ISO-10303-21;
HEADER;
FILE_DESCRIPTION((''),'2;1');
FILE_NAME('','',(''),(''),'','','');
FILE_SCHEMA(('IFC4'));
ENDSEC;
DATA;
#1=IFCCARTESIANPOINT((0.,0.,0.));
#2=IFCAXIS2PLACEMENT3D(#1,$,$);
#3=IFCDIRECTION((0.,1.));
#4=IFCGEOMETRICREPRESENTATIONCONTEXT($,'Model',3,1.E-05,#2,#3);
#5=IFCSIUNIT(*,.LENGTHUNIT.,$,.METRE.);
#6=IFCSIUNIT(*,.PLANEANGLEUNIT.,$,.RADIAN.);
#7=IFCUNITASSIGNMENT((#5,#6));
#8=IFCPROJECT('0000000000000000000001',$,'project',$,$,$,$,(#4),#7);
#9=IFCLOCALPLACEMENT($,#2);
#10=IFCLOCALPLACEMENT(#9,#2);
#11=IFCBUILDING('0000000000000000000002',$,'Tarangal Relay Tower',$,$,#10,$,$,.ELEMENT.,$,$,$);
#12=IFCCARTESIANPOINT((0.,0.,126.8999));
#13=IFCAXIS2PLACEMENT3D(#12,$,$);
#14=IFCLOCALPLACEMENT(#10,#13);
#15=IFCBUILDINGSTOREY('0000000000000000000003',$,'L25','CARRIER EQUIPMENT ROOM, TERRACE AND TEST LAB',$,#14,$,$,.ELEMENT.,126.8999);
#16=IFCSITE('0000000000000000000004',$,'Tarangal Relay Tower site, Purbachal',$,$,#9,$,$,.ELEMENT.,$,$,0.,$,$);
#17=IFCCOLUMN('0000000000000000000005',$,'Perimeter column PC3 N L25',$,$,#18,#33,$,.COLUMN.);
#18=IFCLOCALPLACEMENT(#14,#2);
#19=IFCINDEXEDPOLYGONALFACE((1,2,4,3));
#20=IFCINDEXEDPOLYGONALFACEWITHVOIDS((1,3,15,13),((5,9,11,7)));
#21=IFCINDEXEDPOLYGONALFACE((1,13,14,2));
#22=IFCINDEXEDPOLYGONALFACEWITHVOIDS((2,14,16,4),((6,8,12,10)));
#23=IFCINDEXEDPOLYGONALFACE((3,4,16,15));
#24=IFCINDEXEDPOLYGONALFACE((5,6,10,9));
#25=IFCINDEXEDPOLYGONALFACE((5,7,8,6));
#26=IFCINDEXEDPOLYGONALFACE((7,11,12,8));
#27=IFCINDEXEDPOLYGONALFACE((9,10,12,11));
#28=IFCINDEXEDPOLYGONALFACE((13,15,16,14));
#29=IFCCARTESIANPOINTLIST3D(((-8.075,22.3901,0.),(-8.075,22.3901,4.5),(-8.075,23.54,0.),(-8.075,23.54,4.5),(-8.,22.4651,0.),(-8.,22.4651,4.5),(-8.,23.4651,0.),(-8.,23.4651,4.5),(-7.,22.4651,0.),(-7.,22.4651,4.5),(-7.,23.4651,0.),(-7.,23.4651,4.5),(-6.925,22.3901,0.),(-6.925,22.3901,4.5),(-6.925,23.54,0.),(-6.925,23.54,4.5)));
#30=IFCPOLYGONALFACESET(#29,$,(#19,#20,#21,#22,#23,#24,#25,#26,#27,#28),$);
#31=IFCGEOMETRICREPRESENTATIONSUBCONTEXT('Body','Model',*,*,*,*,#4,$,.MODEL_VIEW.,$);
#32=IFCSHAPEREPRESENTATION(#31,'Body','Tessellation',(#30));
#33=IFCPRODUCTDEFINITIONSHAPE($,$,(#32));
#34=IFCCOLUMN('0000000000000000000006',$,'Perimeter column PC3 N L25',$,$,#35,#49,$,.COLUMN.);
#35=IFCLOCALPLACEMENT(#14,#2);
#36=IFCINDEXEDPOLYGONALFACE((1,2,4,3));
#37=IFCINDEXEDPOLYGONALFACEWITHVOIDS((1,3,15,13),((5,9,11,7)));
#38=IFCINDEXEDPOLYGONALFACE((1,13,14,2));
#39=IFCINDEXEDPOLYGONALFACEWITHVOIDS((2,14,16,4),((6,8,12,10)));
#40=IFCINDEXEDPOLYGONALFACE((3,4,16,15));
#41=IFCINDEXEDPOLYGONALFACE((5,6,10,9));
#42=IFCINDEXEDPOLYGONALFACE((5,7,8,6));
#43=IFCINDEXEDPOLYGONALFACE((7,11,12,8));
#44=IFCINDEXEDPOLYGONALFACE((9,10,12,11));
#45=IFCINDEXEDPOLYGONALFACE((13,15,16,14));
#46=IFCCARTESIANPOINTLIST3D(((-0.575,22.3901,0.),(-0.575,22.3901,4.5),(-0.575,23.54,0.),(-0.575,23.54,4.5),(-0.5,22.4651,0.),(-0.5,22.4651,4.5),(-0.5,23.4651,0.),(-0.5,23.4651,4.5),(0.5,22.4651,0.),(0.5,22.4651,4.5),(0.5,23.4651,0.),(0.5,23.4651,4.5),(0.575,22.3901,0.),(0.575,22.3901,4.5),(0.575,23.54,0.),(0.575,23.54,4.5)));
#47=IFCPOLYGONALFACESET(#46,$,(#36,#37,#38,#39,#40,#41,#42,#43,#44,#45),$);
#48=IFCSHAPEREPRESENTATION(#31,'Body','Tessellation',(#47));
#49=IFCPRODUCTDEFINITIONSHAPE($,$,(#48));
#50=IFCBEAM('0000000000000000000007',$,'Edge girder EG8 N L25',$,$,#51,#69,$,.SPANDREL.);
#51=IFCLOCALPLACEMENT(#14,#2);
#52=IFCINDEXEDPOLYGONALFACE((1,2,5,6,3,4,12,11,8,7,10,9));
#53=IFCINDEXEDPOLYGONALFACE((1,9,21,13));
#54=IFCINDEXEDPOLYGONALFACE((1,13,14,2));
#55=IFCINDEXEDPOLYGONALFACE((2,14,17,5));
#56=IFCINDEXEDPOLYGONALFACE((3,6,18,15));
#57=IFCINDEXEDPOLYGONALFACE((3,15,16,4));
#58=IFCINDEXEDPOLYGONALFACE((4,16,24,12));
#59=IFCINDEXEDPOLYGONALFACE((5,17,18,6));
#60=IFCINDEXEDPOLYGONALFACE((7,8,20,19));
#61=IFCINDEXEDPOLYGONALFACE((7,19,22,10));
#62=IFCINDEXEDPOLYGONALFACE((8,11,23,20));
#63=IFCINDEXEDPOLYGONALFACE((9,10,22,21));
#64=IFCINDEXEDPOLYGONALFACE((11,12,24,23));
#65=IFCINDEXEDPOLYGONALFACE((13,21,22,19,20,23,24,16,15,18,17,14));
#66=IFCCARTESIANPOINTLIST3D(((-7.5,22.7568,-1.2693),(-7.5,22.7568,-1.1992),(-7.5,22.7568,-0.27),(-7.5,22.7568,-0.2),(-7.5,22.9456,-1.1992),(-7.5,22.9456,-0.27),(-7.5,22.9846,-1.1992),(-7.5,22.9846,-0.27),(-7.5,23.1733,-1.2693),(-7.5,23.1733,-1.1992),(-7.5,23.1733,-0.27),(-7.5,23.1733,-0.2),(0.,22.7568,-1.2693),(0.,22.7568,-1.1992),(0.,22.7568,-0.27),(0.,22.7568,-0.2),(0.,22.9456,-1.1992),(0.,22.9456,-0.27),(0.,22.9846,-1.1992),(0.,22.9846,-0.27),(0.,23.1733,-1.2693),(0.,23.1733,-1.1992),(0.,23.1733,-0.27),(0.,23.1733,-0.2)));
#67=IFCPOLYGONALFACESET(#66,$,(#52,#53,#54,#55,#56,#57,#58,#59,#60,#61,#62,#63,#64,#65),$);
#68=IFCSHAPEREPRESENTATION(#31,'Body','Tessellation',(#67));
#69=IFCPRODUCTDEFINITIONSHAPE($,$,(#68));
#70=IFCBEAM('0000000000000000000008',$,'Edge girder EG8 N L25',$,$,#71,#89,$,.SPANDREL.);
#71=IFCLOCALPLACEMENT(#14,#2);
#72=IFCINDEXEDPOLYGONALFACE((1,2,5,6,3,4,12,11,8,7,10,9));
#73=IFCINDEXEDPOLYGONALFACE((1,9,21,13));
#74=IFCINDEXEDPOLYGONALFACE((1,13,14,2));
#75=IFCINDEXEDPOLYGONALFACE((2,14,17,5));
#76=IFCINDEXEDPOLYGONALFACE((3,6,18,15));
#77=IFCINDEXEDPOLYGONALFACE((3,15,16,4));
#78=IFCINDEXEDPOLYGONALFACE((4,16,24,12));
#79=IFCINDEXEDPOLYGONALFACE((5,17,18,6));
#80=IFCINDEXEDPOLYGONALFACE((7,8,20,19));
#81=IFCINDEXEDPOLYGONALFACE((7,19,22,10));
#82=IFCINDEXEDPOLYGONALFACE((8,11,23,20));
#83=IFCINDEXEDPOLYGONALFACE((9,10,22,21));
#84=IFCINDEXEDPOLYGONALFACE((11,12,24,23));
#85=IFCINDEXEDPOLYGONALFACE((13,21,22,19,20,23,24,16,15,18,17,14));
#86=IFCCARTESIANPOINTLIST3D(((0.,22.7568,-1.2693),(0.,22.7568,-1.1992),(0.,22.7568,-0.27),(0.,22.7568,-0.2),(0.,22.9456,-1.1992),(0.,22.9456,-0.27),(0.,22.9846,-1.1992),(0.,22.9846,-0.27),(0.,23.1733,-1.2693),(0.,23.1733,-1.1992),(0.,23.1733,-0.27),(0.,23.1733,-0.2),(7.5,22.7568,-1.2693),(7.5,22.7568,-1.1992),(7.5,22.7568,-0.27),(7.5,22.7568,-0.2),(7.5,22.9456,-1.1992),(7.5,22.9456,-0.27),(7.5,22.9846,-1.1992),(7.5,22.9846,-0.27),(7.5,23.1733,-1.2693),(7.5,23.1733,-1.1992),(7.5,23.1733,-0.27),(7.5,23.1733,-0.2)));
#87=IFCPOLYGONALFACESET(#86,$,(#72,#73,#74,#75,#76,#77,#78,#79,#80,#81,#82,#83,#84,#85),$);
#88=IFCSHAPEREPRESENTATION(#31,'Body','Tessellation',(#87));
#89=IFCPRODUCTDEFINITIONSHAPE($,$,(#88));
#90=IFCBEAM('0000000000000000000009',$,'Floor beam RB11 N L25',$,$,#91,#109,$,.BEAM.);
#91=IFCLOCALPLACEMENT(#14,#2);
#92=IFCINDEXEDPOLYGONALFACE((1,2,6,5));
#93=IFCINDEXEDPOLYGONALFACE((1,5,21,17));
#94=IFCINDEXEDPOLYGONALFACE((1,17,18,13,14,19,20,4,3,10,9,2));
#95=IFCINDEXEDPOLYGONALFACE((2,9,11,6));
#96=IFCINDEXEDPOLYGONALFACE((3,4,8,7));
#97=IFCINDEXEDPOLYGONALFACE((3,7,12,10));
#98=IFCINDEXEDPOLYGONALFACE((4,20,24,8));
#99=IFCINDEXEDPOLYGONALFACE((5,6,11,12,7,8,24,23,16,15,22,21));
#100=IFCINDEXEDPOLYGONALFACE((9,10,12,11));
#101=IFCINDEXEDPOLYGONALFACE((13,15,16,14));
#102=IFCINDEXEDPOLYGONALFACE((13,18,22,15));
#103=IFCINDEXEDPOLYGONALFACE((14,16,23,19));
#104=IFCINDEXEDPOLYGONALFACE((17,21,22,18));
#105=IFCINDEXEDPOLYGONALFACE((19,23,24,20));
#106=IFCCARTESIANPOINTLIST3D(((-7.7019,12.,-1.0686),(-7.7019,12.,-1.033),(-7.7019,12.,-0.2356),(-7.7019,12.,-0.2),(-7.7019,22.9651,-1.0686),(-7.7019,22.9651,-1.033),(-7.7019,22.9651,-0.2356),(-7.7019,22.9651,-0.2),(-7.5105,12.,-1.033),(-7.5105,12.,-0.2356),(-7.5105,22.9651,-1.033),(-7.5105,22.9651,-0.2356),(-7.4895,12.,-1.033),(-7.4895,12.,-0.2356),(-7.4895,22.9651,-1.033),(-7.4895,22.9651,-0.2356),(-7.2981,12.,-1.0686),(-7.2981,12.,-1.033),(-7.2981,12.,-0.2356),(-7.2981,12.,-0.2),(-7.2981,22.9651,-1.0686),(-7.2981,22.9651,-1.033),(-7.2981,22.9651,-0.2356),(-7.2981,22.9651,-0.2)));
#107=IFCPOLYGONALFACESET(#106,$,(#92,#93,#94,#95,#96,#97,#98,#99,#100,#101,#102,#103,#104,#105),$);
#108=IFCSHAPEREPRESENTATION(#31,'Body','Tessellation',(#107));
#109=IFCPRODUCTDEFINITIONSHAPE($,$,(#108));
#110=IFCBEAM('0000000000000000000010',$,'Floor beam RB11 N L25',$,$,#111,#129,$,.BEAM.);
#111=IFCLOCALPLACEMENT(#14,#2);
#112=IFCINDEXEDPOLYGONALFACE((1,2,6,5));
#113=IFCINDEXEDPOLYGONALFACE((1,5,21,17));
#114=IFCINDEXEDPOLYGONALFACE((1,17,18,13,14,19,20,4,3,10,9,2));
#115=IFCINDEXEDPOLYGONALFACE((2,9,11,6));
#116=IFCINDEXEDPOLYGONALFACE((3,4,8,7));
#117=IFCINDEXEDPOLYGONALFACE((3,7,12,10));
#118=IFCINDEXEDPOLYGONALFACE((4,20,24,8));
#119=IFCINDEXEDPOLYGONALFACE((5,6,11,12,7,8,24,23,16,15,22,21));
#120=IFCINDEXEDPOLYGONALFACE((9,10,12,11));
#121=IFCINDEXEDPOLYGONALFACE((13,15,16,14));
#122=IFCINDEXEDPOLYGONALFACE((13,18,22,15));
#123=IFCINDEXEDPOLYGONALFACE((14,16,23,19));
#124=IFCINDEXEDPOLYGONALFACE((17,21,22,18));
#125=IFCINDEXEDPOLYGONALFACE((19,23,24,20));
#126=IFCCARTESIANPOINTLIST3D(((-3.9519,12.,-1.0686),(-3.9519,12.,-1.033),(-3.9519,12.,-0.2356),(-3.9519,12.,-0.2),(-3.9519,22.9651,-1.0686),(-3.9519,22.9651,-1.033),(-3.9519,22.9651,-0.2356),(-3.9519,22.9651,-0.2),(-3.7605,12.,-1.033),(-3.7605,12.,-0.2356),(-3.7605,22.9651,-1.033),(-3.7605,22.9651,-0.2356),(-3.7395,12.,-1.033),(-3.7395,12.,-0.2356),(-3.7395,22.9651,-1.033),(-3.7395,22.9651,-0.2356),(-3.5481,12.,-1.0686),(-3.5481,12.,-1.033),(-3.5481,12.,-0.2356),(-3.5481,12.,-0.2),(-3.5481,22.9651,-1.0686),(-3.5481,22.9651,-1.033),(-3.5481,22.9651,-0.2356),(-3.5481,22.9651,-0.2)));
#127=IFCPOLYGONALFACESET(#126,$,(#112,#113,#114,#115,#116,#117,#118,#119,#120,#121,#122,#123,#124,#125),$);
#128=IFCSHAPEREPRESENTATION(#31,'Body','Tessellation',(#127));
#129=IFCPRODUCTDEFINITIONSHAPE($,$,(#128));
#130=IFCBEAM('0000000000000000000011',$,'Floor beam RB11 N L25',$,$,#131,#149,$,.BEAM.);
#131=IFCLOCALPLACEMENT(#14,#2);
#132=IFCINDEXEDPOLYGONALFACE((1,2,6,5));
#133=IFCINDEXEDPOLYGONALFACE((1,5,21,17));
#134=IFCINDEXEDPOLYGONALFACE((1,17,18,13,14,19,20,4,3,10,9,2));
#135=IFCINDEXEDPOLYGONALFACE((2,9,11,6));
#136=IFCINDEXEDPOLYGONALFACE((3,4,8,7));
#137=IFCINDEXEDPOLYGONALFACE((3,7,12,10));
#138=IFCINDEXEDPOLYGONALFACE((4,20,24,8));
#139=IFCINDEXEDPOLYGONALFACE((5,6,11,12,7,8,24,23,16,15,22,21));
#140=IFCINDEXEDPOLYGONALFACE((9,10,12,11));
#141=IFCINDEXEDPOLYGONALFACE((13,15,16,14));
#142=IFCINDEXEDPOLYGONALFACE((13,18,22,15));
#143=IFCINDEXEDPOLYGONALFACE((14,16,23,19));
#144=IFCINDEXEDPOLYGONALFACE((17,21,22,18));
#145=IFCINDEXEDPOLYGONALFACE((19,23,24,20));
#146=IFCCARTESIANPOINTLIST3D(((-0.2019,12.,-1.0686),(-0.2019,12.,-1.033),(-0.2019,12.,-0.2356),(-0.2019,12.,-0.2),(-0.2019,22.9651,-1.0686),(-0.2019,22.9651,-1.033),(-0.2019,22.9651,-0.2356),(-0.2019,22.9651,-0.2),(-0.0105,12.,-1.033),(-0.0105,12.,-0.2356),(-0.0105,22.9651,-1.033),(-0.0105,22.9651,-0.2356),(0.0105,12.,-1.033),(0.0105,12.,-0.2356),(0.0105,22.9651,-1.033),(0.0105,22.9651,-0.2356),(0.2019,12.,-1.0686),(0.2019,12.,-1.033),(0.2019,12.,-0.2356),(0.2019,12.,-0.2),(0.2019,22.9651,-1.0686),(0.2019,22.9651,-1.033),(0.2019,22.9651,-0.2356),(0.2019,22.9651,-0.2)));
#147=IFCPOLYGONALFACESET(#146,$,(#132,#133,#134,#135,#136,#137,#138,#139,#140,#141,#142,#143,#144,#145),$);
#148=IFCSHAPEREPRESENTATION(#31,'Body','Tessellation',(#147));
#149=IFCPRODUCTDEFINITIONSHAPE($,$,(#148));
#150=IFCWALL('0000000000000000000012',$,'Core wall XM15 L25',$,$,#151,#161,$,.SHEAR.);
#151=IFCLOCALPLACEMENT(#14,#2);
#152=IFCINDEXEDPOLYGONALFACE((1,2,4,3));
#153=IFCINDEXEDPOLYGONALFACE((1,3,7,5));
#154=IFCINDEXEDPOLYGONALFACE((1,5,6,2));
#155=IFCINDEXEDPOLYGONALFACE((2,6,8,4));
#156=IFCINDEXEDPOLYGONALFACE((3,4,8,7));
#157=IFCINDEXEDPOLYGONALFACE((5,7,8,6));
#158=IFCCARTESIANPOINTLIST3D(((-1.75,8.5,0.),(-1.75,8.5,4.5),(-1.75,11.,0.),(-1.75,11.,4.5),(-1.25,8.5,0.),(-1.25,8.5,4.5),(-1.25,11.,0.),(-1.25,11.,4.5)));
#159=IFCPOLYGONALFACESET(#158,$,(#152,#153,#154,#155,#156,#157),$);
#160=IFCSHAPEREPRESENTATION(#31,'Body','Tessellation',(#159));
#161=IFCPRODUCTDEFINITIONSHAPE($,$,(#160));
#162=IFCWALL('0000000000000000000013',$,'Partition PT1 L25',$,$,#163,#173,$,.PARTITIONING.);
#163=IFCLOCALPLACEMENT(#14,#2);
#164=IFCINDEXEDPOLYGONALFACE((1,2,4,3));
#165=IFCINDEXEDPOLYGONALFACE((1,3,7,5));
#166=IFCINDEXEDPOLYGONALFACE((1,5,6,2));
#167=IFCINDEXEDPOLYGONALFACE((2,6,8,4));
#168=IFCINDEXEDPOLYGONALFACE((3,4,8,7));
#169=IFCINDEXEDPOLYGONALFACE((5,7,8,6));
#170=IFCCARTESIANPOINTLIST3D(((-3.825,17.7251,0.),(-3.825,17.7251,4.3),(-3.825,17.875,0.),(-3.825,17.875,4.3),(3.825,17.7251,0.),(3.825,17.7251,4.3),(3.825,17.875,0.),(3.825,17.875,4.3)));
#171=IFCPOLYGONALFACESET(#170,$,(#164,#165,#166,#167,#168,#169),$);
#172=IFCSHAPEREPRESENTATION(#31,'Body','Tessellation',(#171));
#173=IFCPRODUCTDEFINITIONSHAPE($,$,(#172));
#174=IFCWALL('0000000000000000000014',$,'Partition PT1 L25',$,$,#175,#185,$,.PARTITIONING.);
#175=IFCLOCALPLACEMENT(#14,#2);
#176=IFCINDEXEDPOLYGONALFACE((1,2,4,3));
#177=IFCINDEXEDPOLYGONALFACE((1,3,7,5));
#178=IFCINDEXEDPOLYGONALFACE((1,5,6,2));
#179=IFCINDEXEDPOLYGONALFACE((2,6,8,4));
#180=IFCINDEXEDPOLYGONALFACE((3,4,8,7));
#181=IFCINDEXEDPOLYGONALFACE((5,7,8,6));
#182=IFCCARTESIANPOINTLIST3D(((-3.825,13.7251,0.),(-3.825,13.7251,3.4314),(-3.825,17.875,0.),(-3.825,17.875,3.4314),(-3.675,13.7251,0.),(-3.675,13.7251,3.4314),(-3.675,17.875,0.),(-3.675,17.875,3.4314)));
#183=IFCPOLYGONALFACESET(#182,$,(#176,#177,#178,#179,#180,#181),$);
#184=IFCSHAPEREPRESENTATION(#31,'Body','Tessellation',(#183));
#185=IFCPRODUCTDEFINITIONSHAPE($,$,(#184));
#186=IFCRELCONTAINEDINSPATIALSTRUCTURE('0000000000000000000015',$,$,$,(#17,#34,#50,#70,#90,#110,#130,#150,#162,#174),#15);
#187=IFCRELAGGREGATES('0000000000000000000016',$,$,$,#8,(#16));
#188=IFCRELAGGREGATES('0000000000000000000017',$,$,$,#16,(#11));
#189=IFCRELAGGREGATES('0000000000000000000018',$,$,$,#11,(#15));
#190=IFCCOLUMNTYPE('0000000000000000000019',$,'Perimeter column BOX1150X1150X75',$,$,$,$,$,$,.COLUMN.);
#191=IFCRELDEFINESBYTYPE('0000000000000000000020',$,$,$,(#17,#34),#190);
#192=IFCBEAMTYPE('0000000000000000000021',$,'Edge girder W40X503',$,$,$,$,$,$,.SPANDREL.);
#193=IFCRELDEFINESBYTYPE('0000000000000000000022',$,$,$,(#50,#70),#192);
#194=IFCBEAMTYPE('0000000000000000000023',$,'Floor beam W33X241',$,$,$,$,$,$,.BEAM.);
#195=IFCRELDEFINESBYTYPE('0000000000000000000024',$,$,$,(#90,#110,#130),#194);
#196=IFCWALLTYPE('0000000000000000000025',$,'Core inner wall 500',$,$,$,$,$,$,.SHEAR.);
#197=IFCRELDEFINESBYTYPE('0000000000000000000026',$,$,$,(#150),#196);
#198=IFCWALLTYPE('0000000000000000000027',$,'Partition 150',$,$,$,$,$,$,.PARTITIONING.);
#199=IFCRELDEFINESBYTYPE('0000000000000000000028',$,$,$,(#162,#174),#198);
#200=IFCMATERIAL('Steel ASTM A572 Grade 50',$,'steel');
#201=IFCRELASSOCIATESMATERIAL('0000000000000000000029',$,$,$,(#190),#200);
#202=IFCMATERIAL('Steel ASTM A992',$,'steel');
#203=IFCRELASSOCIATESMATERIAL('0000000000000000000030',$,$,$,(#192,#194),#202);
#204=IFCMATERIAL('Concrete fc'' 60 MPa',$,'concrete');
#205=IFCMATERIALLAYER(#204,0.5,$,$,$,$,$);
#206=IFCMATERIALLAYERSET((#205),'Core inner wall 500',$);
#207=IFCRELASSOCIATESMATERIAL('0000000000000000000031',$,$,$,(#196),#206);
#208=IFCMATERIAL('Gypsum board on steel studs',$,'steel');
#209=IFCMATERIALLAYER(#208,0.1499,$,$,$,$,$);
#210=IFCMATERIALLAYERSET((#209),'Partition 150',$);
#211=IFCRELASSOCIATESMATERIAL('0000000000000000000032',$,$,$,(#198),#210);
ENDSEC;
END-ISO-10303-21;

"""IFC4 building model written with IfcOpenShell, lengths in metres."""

from ifc_helpers import new_model, si_unit, direction, frame, frame_2d, origin, origin_2d, place, context, subcontext, project, spatial, rectangle, hollow_rectangle, i_section, extrude, material, layer, layer_set, material_profile, profile_set, type_object, element, save


model = new_model("IFC4")

# Units and contexts
model_context = context("Model", 3, precision=1e-05, world=origin(), true_north=direction((0.0, 1.0)))
body_context = subcontext(model_context, "Body", "Model", "MODEL_VIEW")
ifc_project = project(units=[si_unit("LENGTHUNIT", "METRE"), si_unit("PLANEANGLEUNIT", "RADIAN")], contexts=[model_context])

# Site, building, storey
site_placement = place(None, origin())
site = spatial("IfcSite", under=ifc_project, at=site_placement, Name="Tarangal Relay Tower site, Purbachal", CompositionType="ELEMENT", RefElevation=0.0)
building_placement = place(site_placement, origin())
building = spatial("IfcBuilding", under=site, at=building_placement, Name="Tarangal Relay Tower", CompositionType="ELEMENT")
storey_placement = place(building_placement, frame((0.0, 0.0, 126.8999)))
storey = spatial("IfcBuildingStorey", under=building, at=storey_placement, Name="L25", Description="CARRIER EQUIPMENT ROOM, TERRACE AND TEST LAB", CompositionType="ELEMENT", Elevation=126.8999)

# Columns
ifc_material_1 = material(Name="Steel ASTM A572 Grade 50", Category="steel")
ifc_material_profile_1 = material_profile(ifc_material_1, hollow_rectangle(XDim=1.1499, YDim=1.1499, WallThickness=0.075, at=origin_2d()), Name="BOX1150X1150X75")
ifc_profile_set_1 = profile_set([ifc_material_profile_1], Name="Steel ASTM A572 Grade 50")
column_type = type_object("IfcColumnType", Name="Perimeter column BOX1150X1150X75", PredefinedType="COLUMN", material=ifc_profile_set_1)
for number, where, z_axis, x_axis, name in (
    (1, (-7.5, 22.9651, 0.0), (0.0, 0.0, 1.0), (1.0, 0.0, 0.0), "Perimeter column PC3 N L25"),
    (2, (0.0, 22.9651, 0.0), (0.0, 0.0, 1.0), (1.0, 0.0, 0.0), "Perimeter column PC3 N L25"),
):
    element("IfcColumn", number, at=place(storey_placement, frame(where, z_axis=z_axis, x_axis=x_axis)), inside=storey, type_object=column_type, Name=name, PredefinedType="COLUMN", context=body_context, shape_type="SweptSolid", body=[
        extrude(hollow_rectangle(XDim=1.1499, YDim=1.1499, WallThickness=0.075, at=origin_2d()), origin(), (0.0, 0.0, 1.0), 4.5),
    ])

# Beams
ifc_material_2 = material(Name="Steel ASTM A992", Category="steel")
ifc_material_profile_2 = material_profile(ifc_material_2, i_section(OverallWidth=0.4165, OverallDepth=1.0693, WebThickness=0.0391, FlangeThickness=0.0701, at=origin_2d()), Name="W40X503")
ifc_profile_set_2 = profile_set([ifc_material_profile_2], Name="Steel ASTM A992")
beam_type_1 = type_object("IfcBeamType", Name="Edge girder W40X503", PredefinedType="SPANDREL", material=ifc_profile_set_2)
for number, where, z_axis, x_axis, name in (
    (3, (-7.5, 22.9651, -0.7346), (1.0, 0.0, 0.0), (0.0, 1.0, 0.0), "Edge girder EG8 N L25"),
    (4, (0.0, 22.9651, -0.7346), (1.0, 0.0, 0.0), (0.0, 1.0, 0.0), "Edge girder EG8 N L25"),
):
    element("IfcBeam", number, at=place(storey_placement, frame(where, z_axis=z_axis, x_axis=x_axis)), inside=storey, type_object=beam_type_1, Name=name, PredefinedType="SPANDREL", context=body_context, shape_type="SweptSolid", body=[
        extrude(i_section(OverallWidth=0.4165, OverallDepth=1.0693, WebThickness=0.0391, FlangeThickness=0.0701, at=origin_2d()), origin(), (0.0, 0.0, 1.0), 7.5),
    ])
ifc_material_profile_3 = material_profile(ifc_material_2, i_section(OverallWidth=0.4038, OverallDepth=0.8687, WebThickness=0.021, FlangeThickness=0.0356, at=origin_2d()), Name="W33X241")
ifc_profile_set_3 = profile_set([ifc_material_profile_3], Name="Steel ASTM A992")
beam_type_2 = type_object("IfcBeamType", Name="Floor beam W33X241", PredefinedType="BEAM", material=ifc_profile_set_3)
for number, where, z_axis, x_axis, name in (
    (5, (-7.5, 12.0, -0.6343), (0.0, 1.0, 0.0), (-1.0, 0.0, 0.0), "Floor beam RB11 N L25"),
    (6, (-3.75, 12.0, -0.6343), (0.0, 1.0, 0.0), (-1.0, 0.0, 0.0), "Floor beam RB11 N L25"),
    (7, (0.0, 12.0, -0.6343), (0.0, 1.0, 0.0), (-1.0, 0.0, 0.0), "Floor beam RB11 N L25"),
):
    element("IfcBeam", number, at=place(storey_placement, frame(where, z_axis=z_axis, x_axis=x_axis)), inside=storey, type_object=beam_type_2, Name=name, PredefinedType="BEAM", context=body_context, shape_type="SweptSolid", body=[
        extrude(i_section(OverallWidth=0.4038, OverallDepth=0.8687, WebThickness=0.021, FlangeThickness=0.0356, at=origin_2d()), origin(), (0.0, 0.0, 1.0), 10.9651),
    ])

# Walls
ifc_material_3 = material(Name="Concrete fc' 60 MPa", Category="concrete")
ifc_layer_1 = layer(ifc_material_3, 0.5)
ifc_layer_set_1 = layer_set([ifc_layer_1], Name="Core inner wall 500")
wall_type_1 = type_object("IfcWallType", Name="Core inner wall 500", PredefinedType="SHEAR", material=ifc_layer_set_1)
wall_1_placement = place(storey_placement, frame((-1.5, 8.5, 0.0), z_axis=(0.0, 0.0, 1.0), x_axis=(0.0, 1.0, 0.0)))
element("IfcWall", 8, at=wall_1_placement, inside=storey, type_object=wall_type_1, Name="Core wall XM15 L25", PredefinedType="SHEAR", context=body_context, shape_type="SweptSolid", body=[
    extrude(rectangle(XDim=2.5, YDim=0.5, at=frame_2d((1.25, 0.0))), origin(), (0.0, 0.0, 1.0), 4.5),
])
ifc_material_4 = material(Name="Gypsum board on steel studs", Category="steel")
ifc_layer_2 = layer(ifc_material_4, 0.1499)
ifc_layer_set_2 = layer_set([ifc_layer_2], Name="Partition 150")
wall_type_2 = type_object("IfcWallType", Name="Partition 150", PredefinedType="PARTITIONING", material=ifc_layer_set_2)
wall_2_placement = place(storey_placement, frame((-3.825, 17.8, 0.0), z_axis=(0.0, 0.0, 1.0), x_axis=(1.0, 0.0, 0.0)))
element("IfcWall", 9, at=wall_2_placement, inside=storey, type_object=wall_type_2, Name="Partition PT1 L25", PredefinedType="PARTITIONING", context=body_context, shape_type="SweptSolid", body=[
    extrude(rectangle(XDim=7.6499, YDim=0.1499, at=frame_2d((3.825, 0.0))), origin(), (0.0, 0.0, 1.0), 4.3),
])
wall_3_placement = place(storey_placement, frame((-3.75, 13.7251, 0.0), z_axis=(0.0, 0.0, 1.0), x_axis=(0.0, 1.0, 0.0)))
element("IfcWall", 10, at=wall_3_placement, inside=storey, type_object=wall_type_2, Name="Partition PT1 L25", PredefinedType="PARTITIONING", context=body_context, shape_type="SweptSolid", body=[
    extrude(rectangle(XDim=4.1499, YDim=0.1499, at=frame_2d((2.075, 0.0))), origin(), (0.0, 0.0, 1.0), 3.4314),
])

save(model, "model.ifc")
